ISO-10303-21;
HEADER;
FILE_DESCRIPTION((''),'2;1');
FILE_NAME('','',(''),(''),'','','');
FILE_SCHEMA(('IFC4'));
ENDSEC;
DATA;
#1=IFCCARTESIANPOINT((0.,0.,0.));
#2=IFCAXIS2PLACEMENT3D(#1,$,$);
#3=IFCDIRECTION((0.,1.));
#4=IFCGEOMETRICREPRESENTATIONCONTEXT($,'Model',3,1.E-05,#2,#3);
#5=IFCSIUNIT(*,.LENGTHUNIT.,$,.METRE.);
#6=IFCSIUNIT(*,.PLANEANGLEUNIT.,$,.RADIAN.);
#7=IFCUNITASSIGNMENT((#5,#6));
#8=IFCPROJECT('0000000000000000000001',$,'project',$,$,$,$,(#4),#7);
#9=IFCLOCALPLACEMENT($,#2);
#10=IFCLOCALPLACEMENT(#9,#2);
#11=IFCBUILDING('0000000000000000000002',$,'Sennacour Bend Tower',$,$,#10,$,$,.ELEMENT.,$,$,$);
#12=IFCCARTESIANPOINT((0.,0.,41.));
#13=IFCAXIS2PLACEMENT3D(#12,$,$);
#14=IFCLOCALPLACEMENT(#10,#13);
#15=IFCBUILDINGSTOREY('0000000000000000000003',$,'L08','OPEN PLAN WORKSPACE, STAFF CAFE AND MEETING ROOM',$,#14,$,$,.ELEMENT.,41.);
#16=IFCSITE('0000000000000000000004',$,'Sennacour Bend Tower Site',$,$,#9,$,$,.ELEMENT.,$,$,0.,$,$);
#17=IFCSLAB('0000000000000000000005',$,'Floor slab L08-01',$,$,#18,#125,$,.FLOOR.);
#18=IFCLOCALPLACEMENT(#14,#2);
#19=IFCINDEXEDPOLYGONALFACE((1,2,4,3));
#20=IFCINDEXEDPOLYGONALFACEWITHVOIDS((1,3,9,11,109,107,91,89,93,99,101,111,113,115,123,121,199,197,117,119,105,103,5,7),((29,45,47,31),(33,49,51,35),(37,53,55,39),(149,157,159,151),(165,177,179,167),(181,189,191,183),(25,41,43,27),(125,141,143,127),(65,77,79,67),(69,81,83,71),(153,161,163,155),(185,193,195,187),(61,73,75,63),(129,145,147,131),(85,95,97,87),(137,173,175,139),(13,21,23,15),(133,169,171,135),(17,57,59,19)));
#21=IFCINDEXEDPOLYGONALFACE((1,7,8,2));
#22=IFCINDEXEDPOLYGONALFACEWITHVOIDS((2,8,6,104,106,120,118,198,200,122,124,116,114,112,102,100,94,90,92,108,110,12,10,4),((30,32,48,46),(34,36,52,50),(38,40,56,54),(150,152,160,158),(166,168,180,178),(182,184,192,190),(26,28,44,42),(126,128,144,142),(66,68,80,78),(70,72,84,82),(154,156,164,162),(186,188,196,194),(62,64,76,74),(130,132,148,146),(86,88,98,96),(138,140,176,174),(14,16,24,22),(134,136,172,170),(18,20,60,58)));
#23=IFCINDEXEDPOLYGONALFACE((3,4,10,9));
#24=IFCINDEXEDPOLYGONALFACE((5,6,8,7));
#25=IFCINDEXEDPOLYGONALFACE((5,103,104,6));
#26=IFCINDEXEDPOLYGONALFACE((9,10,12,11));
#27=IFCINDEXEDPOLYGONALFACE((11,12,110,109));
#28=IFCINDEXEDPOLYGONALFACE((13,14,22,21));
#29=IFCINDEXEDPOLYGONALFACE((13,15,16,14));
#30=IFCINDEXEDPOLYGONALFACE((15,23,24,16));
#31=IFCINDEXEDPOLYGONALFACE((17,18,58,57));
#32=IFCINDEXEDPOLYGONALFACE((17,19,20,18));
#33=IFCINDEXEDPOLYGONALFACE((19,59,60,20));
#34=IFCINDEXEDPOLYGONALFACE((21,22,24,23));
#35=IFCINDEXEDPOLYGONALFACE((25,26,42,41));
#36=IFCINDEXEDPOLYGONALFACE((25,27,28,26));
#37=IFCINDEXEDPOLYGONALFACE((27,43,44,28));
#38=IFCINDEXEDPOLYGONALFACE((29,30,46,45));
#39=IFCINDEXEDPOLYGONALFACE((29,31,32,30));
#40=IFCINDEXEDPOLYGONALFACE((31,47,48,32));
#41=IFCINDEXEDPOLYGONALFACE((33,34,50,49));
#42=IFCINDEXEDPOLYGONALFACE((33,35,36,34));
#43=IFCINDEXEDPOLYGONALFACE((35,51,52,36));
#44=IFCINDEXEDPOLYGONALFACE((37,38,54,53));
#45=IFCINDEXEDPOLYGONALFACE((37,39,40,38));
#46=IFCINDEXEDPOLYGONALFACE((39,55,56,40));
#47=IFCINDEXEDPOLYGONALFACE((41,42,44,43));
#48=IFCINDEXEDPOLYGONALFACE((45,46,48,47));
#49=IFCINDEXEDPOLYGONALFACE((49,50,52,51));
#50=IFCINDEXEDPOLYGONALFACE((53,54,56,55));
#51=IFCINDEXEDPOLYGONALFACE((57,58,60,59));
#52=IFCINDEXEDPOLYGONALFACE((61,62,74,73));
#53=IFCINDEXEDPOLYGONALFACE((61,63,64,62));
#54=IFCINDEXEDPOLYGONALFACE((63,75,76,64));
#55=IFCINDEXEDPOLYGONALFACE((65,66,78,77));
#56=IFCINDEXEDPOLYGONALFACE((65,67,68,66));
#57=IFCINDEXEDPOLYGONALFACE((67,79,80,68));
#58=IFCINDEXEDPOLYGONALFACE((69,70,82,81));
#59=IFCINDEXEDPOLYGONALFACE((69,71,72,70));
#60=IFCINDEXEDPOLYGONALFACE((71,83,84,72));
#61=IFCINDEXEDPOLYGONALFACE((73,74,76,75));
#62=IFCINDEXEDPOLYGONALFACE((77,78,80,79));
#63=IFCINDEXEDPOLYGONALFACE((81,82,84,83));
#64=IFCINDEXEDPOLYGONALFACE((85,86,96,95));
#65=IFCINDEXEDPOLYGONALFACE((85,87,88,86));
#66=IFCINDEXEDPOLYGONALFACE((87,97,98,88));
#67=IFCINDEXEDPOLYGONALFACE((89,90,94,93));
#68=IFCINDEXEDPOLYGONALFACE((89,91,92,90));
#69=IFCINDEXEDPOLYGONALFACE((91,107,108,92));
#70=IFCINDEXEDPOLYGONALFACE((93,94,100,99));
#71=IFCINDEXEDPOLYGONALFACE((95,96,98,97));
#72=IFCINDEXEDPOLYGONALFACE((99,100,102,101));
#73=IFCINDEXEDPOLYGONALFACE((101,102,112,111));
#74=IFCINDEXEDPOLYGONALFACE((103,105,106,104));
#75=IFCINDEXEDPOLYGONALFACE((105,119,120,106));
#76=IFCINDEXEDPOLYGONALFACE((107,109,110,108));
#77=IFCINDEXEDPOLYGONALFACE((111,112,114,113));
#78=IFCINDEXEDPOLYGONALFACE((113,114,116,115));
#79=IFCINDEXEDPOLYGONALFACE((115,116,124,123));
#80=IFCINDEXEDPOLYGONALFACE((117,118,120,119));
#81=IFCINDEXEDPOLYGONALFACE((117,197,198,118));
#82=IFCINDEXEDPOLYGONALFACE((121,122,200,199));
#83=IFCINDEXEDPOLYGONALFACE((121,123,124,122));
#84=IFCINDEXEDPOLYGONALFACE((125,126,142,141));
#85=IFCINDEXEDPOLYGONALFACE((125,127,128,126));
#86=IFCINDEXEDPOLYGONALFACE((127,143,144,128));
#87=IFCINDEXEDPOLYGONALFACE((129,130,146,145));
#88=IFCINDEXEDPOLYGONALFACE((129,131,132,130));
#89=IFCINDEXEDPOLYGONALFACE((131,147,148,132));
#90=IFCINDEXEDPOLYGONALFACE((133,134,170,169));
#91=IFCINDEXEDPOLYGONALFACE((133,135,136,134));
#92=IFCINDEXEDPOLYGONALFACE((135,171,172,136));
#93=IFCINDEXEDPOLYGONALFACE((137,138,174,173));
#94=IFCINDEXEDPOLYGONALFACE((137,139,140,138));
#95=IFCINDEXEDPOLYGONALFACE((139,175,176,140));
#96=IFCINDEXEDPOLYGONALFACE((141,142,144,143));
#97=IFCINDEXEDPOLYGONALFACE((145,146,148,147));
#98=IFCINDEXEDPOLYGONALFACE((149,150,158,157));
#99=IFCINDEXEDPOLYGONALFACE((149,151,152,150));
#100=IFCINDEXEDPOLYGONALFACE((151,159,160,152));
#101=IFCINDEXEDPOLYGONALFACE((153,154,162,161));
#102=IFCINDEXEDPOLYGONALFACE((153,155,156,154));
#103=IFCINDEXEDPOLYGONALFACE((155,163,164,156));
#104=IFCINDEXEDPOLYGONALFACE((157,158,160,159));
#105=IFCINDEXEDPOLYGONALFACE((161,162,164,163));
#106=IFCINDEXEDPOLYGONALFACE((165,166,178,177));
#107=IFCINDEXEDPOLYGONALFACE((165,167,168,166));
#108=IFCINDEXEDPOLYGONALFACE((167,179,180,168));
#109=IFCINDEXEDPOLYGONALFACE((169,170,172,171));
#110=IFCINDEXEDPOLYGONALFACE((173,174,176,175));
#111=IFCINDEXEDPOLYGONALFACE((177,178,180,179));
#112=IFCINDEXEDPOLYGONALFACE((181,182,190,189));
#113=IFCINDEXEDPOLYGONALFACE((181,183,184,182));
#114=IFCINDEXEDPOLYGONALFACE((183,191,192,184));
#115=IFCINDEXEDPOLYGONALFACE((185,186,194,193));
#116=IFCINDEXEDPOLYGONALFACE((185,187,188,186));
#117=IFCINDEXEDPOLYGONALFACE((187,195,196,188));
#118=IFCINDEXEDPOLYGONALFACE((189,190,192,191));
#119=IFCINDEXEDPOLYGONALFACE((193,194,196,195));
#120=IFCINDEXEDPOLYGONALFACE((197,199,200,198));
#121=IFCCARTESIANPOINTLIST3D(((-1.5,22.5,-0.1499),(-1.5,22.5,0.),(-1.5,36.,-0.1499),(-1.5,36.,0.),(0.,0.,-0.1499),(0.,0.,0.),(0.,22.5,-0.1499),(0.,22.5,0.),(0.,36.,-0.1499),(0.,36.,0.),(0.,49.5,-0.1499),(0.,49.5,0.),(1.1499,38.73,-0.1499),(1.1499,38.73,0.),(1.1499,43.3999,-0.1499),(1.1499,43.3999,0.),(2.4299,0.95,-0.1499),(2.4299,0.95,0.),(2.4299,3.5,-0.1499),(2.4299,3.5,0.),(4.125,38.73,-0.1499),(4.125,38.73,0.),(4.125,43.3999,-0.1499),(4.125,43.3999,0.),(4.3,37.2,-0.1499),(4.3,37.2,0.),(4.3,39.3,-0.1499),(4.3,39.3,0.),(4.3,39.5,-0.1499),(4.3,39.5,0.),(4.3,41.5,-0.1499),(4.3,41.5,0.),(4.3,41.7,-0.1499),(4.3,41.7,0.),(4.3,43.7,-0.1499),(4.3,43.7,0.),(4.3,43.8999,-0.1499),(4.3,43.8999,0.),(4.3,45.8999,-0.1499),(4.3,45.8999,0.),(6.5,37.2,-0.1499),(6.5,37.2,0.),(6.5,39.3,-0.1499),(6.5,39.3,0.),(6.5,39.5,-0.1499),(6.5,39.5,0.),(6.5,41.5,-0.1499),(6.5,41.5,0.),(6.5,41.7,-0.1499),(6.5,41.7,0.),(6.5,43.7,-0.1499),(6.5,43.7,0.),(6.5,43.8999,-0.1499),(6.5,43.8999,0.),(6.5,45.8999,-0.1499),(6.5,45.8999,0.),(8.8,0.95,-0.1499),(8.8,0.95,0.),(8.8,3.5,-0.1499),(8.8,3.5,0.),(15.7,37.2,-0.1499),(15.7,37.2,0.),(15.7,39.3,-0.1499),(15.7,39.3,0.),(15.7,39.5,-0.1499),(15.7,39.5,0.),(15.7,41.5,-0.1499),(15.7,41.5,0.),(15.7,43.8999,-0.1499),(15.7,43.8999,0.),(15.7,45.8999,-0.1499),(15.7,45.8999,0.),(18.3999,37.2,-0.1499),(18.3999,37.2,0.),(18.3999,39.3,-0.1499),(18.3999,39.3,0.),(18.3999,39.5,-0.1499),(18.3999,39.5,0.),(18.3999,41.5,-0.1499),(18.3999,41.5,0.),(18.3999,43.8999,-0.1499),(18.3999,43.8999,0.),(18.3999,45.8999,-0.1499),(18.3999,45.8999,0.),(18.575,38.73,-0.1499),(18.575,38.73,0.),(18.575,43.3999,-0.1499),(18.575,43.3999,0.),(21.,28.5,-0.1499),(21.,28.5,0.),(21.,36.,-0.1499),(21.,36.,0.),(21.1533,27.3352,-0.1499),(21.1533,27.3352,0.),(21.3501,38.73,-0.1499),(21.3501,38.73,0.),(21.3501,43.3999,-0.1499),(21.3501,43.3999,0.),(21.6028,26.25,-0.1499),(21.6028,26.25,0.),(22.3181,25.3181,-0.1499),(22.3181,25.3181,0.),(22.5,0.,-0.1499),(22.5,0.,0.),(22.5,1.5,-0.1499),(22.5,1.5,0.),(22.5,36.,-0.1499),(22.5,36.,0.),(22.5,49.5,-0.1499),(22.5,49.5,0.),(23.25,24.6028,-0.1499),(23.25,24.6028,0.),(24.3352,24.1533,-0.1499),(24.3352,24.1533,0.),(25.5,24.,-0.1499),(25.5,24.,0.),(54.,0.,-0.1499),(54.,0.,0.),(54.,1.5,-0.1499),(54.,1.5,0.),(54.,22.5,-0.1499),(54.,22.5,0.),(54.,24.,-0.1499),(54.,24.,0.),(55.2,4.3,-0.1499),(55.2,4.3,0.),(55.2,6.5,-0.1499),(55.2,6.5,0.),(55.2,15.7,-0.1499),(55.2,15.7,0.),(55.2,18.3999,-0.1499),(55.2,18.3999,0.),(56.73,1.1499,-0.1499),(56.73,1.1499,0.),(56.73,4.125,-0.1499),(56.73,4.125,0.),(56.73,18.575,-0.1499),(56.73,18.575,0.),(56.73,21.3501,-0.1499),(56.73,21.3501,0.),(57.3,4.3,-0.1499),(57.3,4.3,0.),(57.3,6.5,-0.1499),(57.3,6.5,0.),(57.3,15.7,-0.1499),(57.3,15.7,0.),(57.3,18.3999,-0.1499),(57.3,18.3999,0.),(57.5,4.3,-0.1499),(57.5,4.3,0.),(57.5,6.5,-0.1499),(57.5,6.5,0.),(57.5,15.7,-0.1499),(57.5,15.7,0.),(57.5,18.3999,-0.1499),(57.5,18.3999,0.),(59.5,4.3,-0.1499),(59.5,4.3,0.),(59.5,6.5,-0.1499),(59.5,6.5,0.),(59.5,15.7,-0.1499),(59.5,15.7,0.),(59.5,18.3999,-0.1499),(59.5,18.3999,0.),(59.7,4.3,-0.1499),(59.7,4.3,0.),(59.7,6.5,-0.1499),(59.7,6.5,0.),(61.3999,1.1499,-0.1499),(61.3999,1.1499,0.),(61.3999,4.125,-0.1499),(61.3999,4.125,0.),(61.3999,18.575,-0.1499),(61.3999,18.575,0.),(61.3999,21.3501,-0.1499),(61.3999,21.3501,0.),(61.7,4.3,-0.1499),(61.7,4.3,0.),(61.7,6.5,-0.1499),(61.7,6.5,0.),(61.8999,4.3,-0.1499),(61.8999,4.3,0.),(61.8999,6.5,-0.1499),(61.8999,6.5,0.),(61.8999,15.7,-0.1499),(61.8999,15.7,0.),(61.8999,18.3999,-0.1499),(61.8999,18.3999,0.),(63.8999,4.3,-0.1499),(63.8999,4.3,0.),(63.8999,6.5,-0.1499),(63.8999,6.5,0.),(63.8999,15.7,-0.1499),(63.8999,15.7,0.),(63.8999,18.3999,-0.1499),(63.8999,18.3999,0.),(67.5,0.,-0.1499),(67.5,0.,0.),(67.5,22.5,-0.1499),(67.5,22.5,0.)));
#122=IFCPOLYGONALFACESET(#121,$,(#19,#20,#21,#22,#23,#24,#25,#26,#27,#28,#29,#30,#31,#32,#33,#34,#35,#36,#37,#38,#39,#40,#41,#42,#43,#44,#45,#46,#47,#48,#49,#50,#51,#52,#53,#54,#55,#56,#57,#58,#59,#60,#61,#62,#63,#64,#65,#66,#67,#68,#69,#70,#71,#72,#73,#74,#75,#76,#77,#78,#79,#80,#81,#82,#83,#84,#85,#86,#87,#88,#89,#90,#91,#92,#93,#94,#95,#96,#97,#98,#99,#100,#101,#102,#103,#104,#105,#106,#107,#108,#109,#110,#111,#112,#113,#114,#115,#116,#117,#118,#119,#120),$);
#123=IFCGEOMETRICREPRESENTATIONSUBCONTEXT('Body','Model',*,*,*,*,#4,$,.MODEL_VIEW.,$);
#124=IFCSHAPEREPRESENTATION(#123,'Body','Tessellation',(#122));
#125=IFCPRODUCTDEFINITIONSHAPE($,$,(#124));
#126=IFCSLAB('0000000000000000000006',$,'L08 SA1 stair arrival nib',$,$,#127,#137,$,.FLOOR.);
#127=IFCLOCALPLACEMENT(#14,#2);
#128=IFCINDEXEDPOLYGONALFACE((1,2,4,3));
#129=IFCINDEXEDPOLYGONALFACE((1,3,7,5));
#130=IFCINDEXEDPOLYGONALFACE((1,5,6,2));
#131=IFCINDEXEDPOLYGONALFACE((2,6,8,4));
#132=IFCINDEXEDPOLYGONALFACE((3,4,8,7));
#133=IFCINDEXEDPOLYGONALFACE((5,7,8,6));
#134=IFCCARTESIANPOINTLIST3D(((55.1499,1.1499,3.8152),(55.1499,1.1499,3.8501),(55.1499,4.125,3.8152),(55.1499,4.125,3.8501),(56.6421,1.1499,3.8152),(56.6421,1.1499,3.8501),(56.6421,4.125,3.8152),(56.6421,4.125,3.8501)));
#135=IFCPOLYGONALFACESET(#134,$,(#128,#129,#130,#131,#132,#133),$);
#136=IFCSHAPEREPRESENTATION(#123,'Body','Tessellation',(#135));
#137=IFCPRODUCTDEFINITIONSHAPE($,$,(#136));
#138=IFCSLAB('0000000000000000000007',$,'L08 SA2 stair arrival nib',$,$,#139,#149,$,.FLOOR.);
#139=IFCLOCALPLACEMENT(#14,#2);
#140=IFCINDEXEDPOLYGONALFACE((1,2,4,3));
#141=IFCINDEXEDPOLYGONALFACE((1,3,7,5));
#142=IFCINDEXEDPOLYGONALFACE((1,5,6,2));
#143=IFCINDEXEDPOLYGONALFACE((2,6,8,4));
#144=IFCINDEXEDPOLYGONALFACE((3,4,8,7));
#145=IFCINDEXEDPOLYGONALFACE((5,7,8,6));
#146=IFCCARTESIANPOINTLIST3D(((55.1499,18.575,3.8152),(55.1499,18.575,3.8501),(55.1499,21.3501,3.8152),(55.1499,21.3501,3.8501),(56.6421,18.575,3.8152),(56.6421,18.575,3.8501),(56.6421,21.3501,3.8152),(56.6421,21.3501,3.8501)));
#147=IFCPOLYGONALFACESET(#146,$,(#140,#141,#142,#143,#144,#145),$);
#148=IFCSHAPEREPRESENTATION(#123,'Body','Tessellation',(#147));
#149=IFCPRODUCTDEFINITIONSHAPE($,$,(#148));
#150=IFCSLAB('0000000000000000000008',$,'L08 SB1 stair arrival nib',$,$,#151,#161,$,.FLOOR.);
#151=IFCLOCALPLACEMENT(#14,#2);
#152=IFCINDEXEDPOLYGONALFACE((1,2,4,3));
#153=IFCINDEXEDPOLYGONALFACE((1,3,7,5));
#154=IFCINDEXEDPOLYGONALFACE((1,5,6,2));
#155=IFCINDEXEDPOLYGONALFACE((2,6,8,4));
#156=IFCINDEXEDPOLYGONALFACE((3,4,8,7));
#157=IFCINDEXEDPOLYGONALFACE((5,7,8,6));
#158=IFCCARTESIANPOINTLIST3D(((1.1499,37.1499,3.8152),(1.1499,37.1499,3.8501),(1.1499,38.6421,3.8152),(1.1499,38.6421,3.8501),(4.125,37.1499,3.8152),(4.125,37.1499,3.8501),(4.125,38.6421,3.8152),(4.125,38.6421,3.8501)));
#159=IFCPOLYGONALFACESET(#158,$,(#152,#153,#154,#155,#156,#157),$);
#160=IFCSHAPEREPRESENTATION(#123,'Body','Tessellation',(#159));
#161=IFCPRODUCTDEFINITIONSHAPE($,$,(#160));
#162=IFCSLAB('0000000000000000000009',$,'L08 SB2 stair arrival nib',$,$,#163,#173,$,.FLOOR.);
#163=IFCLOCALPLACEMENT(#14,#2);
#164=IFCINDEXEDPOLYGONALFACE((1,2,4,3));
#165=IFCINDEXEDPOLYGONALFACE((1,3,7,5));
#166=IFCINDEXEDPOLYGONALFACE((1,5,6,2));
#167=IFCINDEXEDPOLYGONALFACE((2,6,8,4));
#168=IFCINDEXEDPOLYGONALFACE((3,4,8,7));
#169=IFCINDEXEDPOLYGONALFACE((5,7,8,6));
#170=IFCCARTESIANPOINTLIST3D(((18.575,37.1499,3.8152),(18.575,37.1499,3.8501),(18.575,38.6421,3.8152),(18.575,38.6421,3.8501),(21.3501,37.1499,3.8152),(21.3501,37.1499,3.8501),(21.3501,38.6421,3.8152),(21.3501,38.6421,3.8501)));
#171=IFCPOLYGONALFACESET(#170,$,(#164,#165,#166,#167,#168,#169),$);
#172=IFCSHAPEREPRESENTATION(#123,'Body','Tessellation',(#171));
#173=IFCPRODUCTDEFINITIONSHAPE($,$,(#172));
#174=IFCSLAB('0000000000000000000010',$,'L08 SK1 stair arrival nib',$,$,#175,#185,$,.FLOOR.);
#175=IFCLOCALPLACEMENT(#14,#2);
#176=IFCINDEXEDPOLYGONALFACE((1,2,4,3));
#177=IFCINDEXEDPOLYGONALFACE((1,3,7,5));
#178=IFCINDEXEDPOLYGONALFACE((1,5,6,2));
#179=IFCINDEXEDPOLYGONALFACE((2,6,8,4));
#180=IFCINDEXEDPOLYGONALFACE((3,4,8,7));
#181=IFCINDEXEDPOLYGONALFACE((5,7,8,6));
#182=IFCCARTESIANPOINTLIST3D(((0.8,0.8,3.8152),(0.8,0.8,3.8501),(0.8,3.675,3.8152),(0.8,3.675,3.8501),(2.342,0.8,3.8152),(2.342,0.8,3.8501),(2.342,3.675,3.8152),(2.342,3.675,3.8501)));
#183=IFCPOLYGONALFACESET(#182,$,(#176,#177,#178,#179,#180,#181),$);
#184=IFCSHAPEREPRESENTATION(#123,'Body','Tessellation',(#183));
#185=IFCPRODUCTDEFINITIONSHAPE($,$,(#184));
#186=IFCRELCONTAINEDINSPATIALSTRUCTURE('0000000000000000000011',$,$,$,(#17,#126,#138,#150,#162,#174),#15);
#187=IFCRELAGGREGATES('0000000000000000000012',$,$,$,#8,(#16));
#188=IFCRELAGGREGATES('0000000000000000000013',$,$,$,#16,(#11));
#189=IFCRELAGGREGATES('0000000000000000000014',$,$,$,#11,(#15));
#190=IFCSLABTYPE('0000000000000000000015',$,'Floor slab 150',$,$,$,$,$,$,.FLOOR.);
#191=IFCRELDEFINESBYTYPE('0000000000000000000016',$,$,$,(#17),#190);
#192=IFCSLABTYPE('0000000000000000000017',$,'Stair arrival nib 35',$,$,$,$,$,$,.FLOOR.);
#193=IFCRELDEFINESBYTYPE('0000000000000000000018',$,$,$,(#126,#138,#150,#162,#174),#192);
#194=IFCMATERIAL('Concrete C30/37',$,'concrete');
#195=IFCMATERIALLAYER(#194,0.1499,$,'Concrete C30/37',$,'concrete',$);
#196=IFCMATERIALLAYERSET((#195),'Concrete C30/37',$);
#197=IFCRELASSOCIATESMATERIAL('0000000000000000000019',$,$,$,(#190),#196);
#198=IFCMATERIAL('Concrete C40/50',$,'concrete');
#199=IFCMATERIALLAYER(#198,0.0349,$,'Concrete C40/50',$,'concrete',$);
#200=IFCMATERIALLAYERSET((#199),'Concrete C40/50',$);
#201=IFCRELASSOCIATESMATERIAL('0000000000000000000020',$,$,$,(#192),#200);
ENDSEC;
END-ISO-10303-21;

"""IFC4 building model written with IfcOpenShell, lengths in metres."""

from ifc_helpers import new_model, si_unit, direction, frame, origin, place, context, subcontext, project, spatial, polyline, outline, extrude, material, layer, layer_set, type_object, element, save


model = new_model("IFC4")

# Units and contexts
model_context = context("Model", 3, precision=1e-05, world=origin(), true_north=direction((0.0, 1.0)))
body_context = subcontext(model_context, "Body", "Model", "MODEL_VIEW")
ifc_project = project(units=[si_unit("LENGTHUNIT", "METRE"), si_unit("PLANEANGLEUNIT", "RADIAN")], contexts=[model_context])

# Site, building, storey
site_placement = place(None, origin())
site = spatial("IfcSite", under=ifc_project, at=site_placement, Name="Sennacour Bend Tower Site", CompositionType="ELEMENT", RefElevation=0.0)
building_placement = place(site_placement, origin())
building = spatial("IfcBuilding", under=site, at=building_placement, Name="Sennacour Bend Tower", CompositionType="ELEMENT")
storey_placement = place(building_placement, frame((0.0, 0.0, 41.0)))
storey = spatial("IfcBuildingStorey", under=building, at=storey_placement, Name="L08", Description="OPEN PLAN WORKSPACE, STAFF CAFE AND MEETING ROOM", CompositionType="ELEMENT", Elevation=41.0)

# Slabs
ifc_material_1 = material(Name="Concrete C30/37", Category="concrete")
ifc_layer_1 = layer(ifc_material_1, 0.1499, Name="Concrete C30/37", Category="concrete")
ifc_layer_set_1 = layer_set([ifc_layer_1], Name="Concrete C30/37")
slab_type_1 = type_object("IfcSlabType", Name="Floor slab 150", PredefinedType="FLOOR", material=ifc_layer_set_1)
slab_1_placement = place(storey_placement, frame((0.0, 0.0, -0.1499)))
element("IfcSlab", 1, at=slab_1_placement, inside=storey, type_object=slab_type_1, Name="Floor slab L08-01", PredefinedType="FLOOR", context=body_context, shape_type="SweptSolid", body=[
    extrude(outline(polyline([(0.0, 22.5), (-1.5, 22.5), (-1.5, 36.0), (0.0, 36.0), (0.0, 49.5), (22.5, 49.5), (22.5, 36.0), (21.0, 36.0), (21.0, 28.5), (21.1533, 27.3352), (21.6028, 26.25), (22.3181, 25.3181), (23.25, 24.6028), (24.3352, 24.1533), (25.5, 24.0), (54.0, 24.0), (54.0, 22.5), (67.5, 22.5), (67.5, 0.0), (54.0, 0.0), (54.0, 1.5), (22.5, 1.5), (22.5, 0.0), (0.0, 0.0), (0.0, 22.5)]), holes=[polyline([(8.8, 0.95), (8.8, 3.5), (2.4299, 3.5), (2.4299, 0.95), (8.8, 0.95)]), polyline([(6.5, 37.2), (6.5, 39.3), (4.3, 39.3), (4.3, 37.2), (6.5, 37.2)]), polyline([(18.3999, 37.2), (18.3999, 39.3), (15.7, 39.3), (15.7, 37.2), (18.3999, 37.2)]), polyline([(6.5, 39.5), (6.5, 41.5), (4.3, 41.5), (4.3, 39.5), (6.5, 39.5)]), polyline([(18.3999, 39.5), (18.3999, 41.5), (15.7, 41.5), (15.7, 39.5), (18.3999, 39.5)]), polyline([(4.125, 38.73), (4.125, 43.3999), (1.1499, 43.3999), (1.1499, 38.73), (4.125, 38.73)]), polyline([(21.3501, 38.73), (21.3501, 43.3999), (18.575, 43.3999), (18.575, 38.73), (21.3501, 38.73)]), polyline([(4.3, 41.7), (6.5, 41.7), (6.5, 43.7), (4.3, 43.7), (4.3, 41.7)]), polyline([(4.3, 43.8999), (6.5, 43.8999), (6.5, 45.8999), (4.3, 45.8999), (4.3, 43.8999)]), polyline([(18.3999, 43.8999), (18.3999, 45.8999), (15.7, 45.8999), (15.7, 43.8999), (18.3999, 43.8999)]), polyline([(61.3999, 1.1499), (61.3999, 4.125), (56.73, 4.125), (56.73, 1.1499), (61.3999, 1.1499)]), polyline([(57.3, 4.3), (57.3, 6.5), (55.2, 6.5), (55.2, 4.3), (57.3, 4.3)]), polyline([(57.5, 4.3), (59.5, 4.3), (59.5, 6.5), (57.5, 6.5), (57.5, 4.3)]), polyline([(59.7, 4.3), (61.7, 4.3), (61.7, 6.5), (59.7, 6.5), (59.7, 4.3)]), polyline([(63.8999, 4.3), (63.8999, 6.5), (61.8999, 6.5), (61.8999, 4.3), (63.8999, 4.3)]), polyline([(57.3, 15.7), (57.3, 18.3999), (55.2, 18.3999), (55.2, 15.7), (57.3, 15.7)]), polyline([(59.5, 15.7), (59.5, 18.3999), (57.5, 18.3999), (57.5, 15.7), (59.5, 15.7)]), polyline([(61.8999, 15.7), (63.8999, 15.7), (63.8999, 18.3999), (61.8999, 18.3999), (61.8999, 15.7)]), polyline([(56.73, 18.575), (61.3999, 18.575), (61.3999, 21.3501), (56.73, 21.3501), (56.73, 18.575)])]), origin(), (0.0, 0.0, 1.0), 0.1499),
])
ifc_material_2 = material(Name="Concrete C40/50", Category="concrete")
ifc_layer_2 = layer(ifc_material_2, 0.0349, Name="Concrete C40/50", Category="concrete")
ifc_layer_set_2 = layer_set([ifc_layer_2], Name="Concrete C40/50")
slab_type_2 = type_object("IfcSlabType", Name="Stair arrival nib 35", PredefinedType="FLOOR", material=ifc_layer_set_2)
slab_2_placement = place(storey_placement, frame((0.0, 0.0, 3.8152)))
element("IfcSlab", 2, at=slab_2_placement, inside=storey, type_object=slab_type_2, Name="L08 SA1 stair arrival nib", PredefinedType="FLOOR", context=body_context, shape_type="SweptSolid", body=[
    extrude(outline(polyline([(56.6421, 4.125), (55.1499, 4.125), (55.1499, 1.1499), (56.6421, 1.1499), (56.6421, 4.125)])), origin(), (0.0, 0.0, 1.0), 0.0349),
])
slab_3_placement = place(storey_placement, frame((0.0, 0.0, 3.8152)))
element("IfcSlab", 3, at=slab_3_placement, inside=storey, type_object=slab_type_2, Name="L08 SA2 stair arrival nib", PredefinedType="FLOOR", context=body_context, shape_type="SweptSolid", body=[
    extrude(outline(polyline([(56.6421, 21.3501), (55.1499, 21.3501), (55.1499, 18.575), (56.6421, 18.575), (56.6421, 21.3501)])), origin(), (0.0, 0.0, 1.0), 0.0349),
])
slab_4_placement = place(storey_placement, frame((0.0, 0.0, 3.8152)))
element("IfcSlab", 4, at=slab_4_placement, inside=storey, type_object=slab_type_2, Name="L08 SB1 stair arrival nib", PredefinedType="FLOOR", context=body_context, shape_type="SweptSolid", body=[
    extrude(outline(polyline([(1.1499, 38.6421), (1.1499, 37.1499), (4.125, 37.1499), (4.125, 38.6421), (1.1499, 38.6421)])), origin(), (0.0, 0.0, 1.0), 0.0349),
])
slab_5_placement = place(storey_placement, frame((0.0, 0.0, 3.8152)))
element("IfcSlab", 5, at=slab_5_placement, inside=storey, type_object=slab_type_2, Name="L08 SB2 stair arrival nib", PredefinedType="FLOOR", context=body_context, shape_type="SweptSolid", body=[
    extrude(outline(polyline([(18.575, 38.6421), (18.575, 37.1499), (21.3501, 37.1499), (21.3501, 38.6421), (18.575, 38.6421)])), origin(), (0.0, 0.0, 1.0), 0.0349),
])
slab_6_placement = place(storey_placement, frame((0.0, 0.0, 3.8152)))
element("IfcSlab", 6, at=slab_6_placement, inside=storey, type_object=slab_type_2, Name="L08 SK1 stair arrival nib", PredefinedType="FLOOR", context=body_context, shape_type="SweptSolid", body=[
    extrude(outline(polyline([(2.342, 3.675), (0.8, 3.675), (0.8, 0.8), (2.342, 0.8), (2.342, 3.675)])), origin(), (0.0, 0.0, 1.0), 0.0349),
])

save(model, "model.ifc")
